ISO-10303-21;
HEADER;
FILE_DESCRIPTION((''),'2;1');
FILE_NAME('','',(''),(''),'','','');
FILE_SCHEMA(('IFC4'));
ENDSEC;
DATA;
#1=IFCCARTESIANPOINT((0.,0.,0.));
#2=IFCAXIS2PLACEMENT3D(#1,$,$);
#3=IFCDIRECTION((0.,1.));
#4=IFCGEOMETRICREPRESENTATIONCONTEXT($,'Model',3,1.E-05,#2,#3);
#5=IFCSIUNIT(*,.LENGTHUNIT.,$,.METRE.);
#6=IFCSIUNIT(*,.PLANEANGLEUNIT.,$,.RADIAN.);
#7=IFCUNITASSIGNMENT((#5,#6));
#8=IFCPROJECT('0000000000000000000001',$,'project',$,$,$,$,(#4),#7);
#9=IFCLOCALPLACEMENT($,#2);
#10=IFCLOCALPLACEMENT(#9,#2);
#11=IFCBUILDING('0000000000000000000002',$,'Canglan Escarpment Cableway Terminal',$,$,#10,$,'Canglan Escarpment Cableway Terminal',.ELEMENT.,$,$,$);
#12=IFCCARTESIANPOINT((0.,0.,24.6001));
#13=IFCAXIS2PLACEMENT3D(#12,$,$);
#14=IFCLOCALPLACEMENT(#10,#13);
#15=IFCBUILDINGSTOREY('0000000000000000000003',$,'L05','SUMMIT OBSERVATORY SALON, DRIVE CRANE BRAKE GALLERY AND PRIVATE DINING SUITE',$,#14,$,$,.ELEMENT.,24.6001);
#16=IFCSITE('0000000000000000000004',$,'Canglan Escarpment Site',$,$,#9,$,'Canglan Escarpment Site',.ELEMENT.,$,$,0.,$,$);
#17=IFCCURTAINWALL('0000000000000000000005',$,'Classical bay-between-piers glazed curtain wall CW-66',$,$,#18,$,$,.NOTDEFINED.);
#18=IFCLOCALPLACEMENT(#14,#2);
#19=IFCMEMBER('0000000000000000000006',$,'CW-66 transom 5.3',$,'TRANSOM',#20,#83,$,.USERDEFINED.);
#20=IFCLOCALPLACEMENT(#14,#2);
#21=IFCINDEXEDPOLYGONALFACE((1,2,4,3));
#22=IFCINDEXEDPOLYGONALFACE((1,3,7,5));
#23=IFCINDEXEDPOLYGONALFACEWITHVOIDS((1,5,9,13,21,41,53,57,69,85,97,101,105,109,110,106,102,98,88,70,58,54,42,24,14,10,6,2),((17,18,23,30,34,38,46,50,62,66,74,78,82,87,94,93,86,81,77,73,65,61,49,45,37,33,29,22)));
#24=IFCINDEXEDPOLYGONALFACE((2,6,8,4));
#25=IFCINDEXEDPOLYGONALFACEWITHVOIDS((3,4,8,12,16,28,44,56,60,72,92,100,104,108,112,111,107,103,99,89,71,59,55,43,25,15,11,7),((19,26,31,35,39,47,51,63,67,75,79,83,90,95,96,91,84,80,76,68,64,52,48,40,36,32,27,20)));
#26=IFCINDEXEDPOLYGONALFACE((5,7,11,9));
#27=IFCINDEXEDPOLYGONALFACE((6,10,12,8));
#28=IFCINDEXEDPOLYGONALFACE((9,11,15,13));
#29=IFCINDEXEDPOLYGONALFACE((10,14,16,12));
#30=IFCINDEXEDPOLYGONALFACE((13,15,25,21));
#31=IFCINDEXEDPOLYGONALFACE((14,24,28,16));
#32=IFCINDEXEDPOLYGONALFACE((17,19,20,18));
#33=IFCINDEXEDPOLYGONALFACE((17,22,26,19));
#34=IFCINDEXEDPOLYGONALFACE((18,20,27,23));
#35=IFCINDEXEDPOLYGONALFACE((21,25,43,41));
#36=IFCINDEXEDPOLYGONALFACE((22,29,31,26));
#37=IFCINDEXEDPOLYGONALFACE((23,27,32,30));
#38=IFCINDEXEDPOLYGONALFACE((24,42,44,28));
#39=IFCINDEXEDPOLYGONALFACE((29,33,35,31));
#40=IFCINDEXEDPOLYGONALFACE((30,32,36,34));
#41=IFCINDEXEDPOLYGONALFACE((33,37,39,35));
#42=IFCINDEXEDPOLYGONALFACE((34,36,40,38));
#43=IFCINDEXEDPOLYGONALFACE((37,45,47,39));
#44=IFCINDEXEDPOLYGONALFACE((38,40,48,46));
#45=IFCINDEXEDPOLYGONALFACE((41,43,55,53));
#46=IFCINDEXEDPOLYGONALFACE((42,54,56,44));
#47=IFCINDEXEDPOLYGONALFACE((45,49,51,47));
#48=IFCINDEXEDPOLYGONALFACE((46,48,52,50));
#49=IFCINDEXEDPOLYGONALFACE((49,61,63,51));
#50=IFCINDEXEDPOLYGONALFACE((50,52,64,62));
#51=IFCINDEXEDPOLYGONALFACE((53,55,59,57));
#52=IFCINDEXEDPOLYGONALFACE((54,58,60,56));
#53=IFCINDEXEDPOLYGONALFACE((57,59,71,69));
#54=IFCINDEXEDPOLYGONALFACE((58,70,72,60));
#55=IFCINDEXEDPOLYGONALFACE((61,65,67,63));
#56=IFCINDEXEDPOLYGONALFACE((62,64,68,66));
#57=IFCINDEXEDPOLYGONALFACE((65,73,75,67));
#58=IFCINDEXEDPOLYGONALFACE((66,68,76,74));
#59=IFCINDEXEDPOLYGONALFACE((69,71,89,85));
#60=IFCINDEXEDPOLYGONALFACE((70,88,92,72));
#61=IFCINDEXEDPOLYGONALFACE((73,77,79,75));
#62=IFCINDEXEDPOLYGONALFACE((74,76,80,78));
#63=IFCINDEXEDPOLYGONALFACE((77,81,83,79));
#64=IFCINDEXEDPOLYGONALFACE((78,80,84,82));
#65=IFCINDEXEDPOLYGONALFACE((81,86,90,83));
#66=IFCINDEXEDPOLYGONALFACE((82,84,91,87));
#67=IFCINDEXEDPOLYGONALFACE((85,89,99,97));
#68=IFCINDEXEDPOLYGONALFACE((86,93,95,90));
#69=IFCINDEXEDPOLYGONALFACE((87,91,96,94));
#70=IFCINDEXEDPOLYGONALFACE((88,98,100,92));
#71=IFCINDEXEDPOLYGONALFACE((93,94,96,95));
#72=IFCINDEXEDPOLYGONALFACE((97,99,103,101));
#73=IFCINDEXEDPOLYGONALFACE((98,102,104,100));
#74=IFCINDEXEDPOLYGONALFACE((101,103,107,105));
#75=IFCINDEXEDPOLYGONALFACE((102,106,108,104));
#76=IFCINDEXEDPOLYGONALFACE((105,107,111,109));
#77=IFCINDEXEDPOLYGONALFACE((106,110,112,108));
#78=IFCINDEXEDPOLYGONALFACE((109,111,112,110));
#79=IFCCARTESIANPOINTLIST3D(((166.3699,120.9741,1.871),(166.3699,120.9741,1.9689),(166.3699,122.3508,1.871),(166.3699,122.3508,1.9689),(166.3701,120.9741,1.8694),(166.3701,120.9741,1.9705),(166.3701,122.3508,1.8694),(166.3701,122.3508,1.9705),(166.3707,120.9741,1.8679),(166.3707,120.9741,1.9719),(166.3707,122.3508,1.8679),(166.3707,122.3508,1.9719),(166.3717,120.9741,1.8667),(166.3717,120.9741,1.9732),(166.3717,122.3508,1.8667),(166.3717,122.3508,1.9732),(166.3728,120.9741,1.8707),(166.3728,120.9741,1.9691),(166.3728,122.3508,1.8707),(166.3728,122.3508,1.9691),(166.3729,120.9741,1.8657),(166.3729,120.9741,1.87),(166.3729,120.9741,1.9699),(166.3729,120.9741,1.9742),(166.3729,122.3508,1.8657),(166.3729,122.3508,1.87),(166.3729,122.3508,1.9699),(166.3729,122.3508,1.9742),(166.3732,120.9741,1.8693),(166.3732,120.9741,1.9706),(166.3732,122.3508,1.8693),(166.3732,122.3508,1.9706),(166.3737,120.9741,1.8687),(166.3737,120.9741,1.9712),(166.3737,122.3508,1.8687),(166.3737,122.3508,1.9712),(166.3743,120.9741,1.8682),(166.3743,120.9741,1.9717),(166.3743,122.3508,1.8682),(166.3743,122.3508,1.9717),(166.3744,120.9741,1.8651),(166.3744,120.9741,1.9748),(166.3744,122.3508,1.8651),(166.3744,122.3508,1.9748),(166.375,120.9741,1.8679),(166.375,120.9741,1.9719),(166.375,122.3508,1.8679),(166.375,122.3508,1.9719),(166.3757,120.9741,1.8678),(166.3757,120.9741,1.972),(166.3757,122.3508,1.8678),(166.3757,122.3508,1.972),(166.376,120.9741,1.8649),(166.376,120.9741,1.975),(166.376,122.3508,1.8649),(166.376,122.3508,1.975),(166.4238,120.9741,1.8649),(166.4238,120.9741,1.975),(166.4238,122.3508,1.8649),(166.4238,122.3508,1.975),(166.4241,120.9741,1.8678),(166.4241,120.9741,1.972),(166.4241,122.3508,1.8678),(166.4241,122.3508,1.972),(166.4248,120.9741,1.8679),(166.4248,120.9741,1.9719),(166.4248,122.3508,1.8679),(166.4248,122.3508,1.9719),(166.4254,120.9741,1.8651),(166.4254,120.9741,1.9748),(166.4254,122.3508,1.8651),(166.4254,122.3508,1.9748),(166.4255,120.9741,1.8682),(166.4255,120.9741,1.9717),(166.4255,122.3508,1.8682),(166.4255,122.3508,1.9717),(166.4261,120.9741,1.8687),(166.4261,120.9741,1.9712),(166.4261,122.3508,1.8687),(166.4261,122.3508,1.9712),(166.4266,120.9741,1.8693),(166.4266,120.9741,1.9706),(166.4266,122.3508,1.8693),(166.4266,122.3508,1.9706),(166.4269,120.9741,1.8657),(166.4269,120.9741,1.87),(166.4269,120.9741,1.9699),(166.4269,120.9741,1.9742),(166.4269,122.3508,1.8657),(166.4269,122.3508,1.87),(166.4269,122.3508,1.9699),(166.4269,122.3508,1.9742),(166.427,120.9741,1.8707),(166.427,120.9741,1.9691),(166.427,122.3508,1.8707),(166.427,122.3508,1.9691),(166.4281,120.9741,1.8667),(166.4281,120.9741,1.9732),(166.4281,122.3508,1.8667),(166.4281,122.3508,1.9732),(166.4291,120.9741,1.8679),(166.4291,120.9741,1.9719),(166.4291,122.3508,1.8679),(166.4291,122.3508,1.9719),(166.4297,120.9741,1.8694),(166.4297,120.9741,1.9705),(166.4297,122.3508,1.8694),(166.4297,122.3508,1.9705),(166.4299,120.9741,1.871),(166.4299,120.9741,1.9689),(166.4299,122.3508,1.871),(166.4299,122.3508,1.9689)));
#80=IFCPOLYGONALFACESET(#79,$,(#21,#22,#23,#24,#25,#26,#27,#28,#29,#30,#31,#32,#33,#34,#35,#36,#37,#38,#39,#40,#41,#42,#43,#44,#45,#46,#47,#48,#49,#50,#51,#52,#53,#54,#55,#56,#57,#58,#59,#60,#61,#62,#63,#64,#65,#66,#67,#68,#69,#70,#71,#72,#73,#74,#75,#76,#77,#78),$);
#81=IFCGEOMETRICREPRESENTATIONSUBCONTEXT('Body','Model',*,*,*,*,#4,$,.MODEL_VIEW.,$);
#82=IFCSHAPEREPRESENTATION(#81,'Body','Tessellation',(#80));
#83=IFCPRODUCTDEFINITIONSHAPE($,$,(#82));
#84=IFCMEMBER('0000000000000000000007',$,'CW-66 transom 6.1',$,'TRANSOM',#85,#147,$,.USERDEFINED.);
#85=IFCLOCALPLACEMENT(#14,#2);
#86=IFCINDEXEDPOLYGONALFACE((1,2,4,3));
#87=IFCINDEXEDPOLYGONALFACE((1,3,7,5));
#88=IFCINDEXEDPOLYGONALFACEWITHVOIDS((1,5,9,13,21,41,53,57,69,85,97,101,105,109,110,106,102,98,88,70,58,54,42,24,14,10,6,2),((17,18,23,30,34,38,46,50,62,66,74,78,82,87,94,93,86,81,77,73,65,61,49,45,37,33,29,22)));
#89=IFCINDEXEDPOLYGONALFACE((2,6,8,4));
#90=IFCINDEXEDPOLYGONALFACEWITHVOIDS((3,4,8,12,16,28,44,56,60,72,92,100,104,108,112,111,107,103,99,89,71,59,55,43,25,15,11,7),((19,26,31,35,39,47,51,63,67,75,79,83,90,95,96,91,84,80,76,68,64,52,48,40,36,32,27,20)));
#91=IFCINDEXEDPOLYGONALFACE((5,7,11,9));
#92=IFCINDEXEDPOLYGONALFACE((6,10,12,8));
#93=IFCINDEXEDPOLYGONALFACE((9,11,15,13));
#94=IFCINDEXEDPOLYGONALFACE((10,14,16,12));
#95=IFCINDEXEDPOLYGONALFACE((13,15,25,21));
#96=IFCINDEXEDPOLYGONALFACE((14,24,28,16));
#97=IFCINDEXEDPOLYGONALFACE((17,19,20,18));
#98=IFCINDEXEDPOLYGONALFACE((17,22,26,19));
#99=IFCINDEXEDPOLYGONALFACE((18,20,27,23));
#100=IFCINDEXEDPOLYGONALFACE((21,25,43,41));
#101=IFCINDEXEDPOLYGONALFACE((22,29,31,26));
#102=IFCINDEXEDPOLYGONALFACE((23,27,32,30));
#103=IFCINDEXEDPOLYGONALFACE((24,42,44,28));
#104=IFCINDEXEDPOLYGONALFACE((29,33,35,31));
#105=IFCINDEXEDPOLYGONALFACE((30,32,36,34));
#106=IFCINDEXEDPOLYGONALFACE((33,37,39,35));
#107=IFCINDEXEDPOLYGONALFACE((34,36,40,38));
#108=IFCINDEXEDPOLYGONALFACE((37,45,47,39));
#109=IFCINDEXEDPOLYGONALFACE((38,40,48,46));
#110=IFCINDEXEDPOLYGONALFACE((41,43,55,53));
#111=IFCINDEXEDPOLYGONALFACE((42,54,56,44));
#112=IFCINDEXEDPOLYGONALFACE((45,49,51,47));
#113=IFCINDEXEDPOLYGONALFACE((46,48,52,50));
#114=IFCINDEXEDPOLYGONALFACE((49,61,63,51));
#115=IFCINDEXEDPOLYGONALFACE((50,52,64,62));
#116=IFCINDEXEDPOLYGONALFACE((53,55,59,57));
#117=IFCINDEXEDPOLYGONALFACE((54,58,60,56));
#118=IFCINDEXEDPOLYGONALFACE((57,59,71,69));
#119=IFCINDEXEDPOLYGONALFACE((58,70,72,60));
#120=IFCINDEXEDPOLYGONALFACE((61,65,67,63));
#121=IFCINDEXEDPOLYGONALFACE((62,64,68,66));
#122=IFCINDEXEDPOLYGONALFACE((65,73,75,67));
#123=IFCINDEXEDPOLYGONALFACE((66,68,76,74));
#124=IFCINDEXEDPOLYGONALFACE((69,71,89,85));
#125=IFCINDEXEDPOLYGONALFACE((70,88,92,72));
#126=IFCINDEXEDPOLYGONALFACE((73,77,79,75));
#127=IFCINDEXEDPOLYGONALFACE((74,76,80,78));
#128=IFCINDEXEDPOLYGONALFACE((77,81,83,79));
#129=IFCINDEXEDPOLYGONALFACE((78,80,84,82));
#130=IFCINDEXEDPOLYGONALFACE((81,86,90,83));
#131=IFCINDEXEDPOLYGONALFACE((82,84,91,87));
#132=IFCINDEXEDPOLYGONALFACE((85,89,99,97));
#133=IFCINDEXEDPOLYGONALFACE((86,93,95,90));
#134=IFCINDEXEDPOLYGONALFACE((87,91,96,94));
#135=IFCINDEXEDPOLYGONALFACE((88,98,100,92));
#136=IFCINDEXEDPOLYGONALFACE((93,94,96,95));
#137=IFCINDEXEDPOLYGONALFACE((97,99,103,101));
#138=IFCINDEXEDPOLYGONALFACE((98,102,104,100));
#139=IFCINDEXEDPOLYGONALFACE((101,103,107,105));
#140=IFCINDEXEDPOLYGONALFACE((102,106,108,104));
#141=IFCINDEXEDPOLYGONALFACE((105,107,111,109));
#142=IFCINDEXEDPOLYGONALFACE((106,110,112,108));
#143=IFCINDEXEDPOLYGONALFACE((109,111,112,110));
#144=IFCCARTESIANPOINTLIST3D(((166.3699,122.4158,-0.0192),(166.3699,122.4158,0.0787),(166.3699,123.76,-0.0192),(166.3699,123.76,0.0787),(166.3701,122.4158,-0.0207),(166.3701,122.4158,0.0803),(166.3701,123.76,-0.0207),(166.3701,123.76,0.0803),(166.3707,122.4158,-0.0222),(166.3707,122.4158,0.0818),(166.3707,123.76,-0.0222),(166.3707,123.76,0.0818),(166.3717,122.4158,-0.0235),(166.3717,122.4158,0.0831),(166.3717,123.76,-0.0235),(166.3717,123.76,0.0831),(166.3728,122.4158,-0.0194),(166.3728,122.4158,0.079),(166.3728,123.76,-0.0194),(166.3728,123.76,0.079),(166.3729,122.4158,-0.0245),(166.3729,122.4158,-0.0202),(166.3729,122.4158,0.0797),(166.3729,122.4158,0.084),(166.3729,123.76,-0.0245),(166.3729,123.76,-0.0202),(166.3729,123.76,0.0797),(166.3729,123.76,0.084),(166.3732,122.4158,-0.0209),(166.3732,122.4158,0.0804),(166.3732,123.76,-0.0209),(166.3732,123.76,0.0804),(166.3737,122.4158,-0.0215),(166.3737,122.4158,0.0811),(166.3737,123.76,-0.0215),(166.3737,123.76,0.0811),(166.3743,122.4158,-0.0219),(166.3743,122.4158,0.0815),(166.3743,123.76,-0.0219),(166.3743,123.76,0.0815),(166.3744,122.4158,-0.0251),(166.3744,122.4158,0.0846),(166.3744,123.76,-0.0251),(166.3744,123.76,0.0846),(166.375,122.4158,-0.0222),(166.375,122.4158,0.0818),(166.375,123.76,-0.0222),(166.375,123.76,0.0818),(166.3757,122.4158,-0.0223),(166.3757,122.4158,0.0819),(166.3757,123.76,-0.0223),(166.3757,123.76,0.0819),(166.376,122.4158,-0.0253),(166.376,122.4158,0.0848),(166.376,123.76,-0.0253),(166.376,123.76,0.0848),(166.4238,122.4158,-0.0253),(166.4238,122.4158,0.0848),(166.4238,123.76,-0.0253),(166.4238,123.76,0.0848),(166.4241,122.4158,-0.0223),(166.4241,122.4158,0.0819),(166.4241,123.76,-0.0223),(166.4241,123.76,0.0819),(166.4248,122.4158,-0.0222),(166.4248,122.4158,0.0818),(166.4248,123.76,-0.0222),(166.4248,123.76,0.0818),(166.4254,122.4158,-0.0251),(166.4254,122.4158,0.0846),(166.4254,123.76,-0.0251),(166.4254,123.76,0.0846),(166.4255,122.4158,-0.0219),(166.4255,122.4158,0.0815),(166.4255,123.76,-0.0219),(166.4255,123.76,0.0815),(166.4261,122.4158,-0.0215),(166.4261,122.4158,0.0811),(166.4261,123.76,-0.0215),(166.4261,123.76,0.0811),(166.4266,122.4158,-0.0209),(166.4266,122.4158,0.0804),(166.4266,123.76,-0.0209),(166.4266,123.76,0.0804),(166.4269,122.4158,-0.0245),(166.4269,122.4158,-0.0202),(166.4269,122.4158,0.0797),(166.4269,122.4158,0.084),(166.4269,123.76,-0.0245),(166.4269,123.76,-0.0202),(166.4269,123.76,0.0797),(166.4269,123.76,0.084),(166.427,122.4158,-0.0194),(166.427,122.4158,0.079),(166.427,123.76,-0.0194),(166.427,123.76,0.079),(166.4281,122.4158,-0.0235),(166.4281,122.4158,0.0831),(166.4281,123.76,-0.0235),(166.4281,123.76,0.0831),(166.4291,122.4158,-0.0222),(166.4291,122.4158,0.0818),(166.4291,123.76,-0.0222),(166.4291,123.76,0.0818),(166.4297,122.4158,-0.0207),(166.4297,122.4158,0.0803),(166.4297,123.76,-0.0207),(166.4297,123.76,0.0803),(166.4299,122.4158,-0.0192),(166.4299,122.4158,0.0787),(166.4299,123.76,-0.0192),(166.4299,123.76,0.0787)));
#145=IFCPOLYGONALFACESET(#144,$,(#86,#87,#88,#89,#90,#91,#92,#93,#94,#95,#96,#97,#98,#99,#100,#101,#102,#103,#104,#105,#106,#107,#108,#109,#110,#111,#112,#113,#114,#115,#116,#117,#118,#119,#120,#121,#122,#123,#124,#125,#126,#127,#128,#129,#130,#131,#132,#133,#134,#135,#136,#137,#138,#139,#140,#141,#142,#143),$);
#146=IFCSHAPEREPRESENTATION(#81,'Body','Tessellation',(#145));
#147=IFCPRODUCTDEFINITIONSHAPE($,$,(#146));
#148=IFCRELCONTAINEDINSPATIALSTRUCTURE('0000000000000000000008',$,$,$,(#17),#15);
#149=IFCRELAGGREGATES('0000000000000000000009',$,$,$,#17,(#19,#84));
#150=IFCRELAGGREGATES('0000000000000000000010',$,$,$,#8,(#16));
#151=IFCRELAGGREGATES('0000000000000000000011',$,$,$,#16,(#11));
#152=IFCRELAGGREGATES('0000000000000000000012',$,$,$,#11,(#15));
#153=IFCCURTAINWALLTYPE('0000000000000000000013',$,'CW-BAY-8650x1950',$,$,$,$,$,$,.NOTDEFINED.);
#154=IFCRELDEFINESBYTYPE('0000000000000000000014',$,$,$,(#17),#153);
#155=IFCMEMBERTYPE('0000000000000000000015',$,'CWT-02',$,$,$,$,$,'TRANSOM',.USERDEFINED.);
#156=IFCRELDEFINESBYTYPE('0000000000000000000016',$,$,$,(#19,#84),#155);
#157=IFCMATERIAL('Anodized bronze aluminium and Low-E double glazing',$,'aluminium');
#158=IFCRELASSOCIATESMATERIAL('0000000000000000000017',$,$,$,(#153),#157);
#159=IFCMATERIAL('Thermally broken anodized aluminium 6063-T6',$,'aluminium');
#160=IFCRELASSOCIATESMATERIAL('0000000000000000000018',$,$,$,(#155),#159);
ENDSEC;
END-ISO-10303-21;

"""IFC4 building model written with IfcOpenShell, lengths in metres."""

from ifc_helpers import new_model, si_unit, direction, frame, origin, origin_2d, place, context, subcontext, project, spatial, hollow_rectangle, extrude, material, material_profile, profile_set, type_object, element, aggregate, save


model = new_model("IFC4")

# Units and contexts
model_context = context("Model", 3, precision=1e-05, world=origin(), true_north=direction((0.0, 1.0)))
body_context = subcontext(model_context, "Body", "Model", "MODEL_VIEW")
ifc_project = project(units=[si_unit("LENGTHUNIT", "METRE"), si_unit("PLANEANGLEUNIT", "RADIAN")], contexts=[model_context])

# Site, building, storey
site_placement = place(None, origin())
site = spatial("IfcSite", under=ifc_project, at=site_placement, Name="Canglan Escarpment Site", LongName="Canglan Escarpment Site", CompositionType="ELEMENT", RefElevation=0.0)
building_placement = place(site_placement, origin())
building = spatial("IfcBuilding", under=site, at=building_placement, Name="Canglan Escarpment Cableway Terminal", LongName="Canglan Escarpment Cableway Terminal", CompositionType="ELEMENT")
storey_placement = place(building_placement, frame((0.0, 0.0, 24.6001)))
storey = spatial("IfcBuildingStorey", under=building, at=storey_placement, Name="L05", Description="SUMMIT OBSERVATORY SALON, DRIVE CRANE BRAKE GALLERY AND PRIVATE DINING SUITE", CompositionType="ELEMENT", Elevation=24.6001)

# Curtain wall, members
ifc_material_1 = material(Name="Anodized bronze aluminium and Low-E double glazing", Category="aluminium")
curtain_wall_type = type_object("IfcCurtainWallType", Name="CW-BAY-8650x1950", PredefinedType="NOTDEFINED", material=ifc_material_1)
curtain_wall_placement = place(storey_placement, origin())
curtain_wall = element("IfcCurtainWall", 1, at=curtain_wall_placement, inside=storey, type_object=curtain_wall_type, Name="Classical bay-between-piers glazed curtain wall CW-66", PredefinedType="NOTDEFINED")
ifc_material_2 = material(Name="Thermally broken anodized aluminium 6063-T6", Category="aluminium")
ifc_material_profile_1 = material_profile(ifc_material_2, hollow_rectangle(XDim=0.0601, YDim=0.1101, WallThickness=0.0029, InnerFilletRadius=0.0029, OuterFilletRadius=0.0061, at=origin_2d()), Name="ALU-TRAN 60x110x3")
ifc_profile_set_1 = profile_set([ifc_material_profile_1], Name="Thermally broken anodized aluminium 6063-T6")
member_type_1 = type_object("IfcMemberType", Name="CWT-02", ElementType="TRANSOM", PredefinedType="USERDEFINED", material=ifc_profile_set_1)
member_1_placement = place(storey_placement, frame((166.3999, 120.9741, 1.9199), z_axis=(0.0, 1.0, 0.0), x_axis=(-1.0, 0.0, 0.0)))
member_1 = element("IfcMember", 2, at=member_1_placement, type_object=member_type_1, Name="CW-66 transom 5.3", ObjectType="TRANSOM", PredefinedType="USERDEFINED", context=body_context, shape_type="SweptSolid", body=[
    extrude(hollow_rectangle(XDim=0.0601, YDim=0.1101, WallThickness=0.0029, InnerFilletRadius=0.0029, OuterFilletRadius=0.0061, at=origin_2d()), origin(), (0.0, 0.0, 1.0), 1.3767),
])
member_2_placement = place(storey_placement, frame((166.3999, 122.4158, 0.0298), z_axis=(0.0, 1.0, 0.0), x_axis=(-1.0, 0.0, 0.0)))
member_2 = element("IfcMember", 3, at=member_2_placement, type_object=member_type_1, Name="CW-66 transom 6.1", ObjectType="TRANSOM", PredefinedType="USERDEFINED", context=body_context, shape_type="SweptSolid", body=[
    extrude(hollow_rectangle(XDim=0.0601, YDim=0.1101, WallThickness=0.0029, InnerFilletRadius=0.0029, OuterFilletRadius=0.0061, at=origin_2d()), origin(), (0.0, 0.0, 1.0), 1.3442),
])

aggregate(curtain_wall, [member_1, member_2])

save(model, "model.ifc")
